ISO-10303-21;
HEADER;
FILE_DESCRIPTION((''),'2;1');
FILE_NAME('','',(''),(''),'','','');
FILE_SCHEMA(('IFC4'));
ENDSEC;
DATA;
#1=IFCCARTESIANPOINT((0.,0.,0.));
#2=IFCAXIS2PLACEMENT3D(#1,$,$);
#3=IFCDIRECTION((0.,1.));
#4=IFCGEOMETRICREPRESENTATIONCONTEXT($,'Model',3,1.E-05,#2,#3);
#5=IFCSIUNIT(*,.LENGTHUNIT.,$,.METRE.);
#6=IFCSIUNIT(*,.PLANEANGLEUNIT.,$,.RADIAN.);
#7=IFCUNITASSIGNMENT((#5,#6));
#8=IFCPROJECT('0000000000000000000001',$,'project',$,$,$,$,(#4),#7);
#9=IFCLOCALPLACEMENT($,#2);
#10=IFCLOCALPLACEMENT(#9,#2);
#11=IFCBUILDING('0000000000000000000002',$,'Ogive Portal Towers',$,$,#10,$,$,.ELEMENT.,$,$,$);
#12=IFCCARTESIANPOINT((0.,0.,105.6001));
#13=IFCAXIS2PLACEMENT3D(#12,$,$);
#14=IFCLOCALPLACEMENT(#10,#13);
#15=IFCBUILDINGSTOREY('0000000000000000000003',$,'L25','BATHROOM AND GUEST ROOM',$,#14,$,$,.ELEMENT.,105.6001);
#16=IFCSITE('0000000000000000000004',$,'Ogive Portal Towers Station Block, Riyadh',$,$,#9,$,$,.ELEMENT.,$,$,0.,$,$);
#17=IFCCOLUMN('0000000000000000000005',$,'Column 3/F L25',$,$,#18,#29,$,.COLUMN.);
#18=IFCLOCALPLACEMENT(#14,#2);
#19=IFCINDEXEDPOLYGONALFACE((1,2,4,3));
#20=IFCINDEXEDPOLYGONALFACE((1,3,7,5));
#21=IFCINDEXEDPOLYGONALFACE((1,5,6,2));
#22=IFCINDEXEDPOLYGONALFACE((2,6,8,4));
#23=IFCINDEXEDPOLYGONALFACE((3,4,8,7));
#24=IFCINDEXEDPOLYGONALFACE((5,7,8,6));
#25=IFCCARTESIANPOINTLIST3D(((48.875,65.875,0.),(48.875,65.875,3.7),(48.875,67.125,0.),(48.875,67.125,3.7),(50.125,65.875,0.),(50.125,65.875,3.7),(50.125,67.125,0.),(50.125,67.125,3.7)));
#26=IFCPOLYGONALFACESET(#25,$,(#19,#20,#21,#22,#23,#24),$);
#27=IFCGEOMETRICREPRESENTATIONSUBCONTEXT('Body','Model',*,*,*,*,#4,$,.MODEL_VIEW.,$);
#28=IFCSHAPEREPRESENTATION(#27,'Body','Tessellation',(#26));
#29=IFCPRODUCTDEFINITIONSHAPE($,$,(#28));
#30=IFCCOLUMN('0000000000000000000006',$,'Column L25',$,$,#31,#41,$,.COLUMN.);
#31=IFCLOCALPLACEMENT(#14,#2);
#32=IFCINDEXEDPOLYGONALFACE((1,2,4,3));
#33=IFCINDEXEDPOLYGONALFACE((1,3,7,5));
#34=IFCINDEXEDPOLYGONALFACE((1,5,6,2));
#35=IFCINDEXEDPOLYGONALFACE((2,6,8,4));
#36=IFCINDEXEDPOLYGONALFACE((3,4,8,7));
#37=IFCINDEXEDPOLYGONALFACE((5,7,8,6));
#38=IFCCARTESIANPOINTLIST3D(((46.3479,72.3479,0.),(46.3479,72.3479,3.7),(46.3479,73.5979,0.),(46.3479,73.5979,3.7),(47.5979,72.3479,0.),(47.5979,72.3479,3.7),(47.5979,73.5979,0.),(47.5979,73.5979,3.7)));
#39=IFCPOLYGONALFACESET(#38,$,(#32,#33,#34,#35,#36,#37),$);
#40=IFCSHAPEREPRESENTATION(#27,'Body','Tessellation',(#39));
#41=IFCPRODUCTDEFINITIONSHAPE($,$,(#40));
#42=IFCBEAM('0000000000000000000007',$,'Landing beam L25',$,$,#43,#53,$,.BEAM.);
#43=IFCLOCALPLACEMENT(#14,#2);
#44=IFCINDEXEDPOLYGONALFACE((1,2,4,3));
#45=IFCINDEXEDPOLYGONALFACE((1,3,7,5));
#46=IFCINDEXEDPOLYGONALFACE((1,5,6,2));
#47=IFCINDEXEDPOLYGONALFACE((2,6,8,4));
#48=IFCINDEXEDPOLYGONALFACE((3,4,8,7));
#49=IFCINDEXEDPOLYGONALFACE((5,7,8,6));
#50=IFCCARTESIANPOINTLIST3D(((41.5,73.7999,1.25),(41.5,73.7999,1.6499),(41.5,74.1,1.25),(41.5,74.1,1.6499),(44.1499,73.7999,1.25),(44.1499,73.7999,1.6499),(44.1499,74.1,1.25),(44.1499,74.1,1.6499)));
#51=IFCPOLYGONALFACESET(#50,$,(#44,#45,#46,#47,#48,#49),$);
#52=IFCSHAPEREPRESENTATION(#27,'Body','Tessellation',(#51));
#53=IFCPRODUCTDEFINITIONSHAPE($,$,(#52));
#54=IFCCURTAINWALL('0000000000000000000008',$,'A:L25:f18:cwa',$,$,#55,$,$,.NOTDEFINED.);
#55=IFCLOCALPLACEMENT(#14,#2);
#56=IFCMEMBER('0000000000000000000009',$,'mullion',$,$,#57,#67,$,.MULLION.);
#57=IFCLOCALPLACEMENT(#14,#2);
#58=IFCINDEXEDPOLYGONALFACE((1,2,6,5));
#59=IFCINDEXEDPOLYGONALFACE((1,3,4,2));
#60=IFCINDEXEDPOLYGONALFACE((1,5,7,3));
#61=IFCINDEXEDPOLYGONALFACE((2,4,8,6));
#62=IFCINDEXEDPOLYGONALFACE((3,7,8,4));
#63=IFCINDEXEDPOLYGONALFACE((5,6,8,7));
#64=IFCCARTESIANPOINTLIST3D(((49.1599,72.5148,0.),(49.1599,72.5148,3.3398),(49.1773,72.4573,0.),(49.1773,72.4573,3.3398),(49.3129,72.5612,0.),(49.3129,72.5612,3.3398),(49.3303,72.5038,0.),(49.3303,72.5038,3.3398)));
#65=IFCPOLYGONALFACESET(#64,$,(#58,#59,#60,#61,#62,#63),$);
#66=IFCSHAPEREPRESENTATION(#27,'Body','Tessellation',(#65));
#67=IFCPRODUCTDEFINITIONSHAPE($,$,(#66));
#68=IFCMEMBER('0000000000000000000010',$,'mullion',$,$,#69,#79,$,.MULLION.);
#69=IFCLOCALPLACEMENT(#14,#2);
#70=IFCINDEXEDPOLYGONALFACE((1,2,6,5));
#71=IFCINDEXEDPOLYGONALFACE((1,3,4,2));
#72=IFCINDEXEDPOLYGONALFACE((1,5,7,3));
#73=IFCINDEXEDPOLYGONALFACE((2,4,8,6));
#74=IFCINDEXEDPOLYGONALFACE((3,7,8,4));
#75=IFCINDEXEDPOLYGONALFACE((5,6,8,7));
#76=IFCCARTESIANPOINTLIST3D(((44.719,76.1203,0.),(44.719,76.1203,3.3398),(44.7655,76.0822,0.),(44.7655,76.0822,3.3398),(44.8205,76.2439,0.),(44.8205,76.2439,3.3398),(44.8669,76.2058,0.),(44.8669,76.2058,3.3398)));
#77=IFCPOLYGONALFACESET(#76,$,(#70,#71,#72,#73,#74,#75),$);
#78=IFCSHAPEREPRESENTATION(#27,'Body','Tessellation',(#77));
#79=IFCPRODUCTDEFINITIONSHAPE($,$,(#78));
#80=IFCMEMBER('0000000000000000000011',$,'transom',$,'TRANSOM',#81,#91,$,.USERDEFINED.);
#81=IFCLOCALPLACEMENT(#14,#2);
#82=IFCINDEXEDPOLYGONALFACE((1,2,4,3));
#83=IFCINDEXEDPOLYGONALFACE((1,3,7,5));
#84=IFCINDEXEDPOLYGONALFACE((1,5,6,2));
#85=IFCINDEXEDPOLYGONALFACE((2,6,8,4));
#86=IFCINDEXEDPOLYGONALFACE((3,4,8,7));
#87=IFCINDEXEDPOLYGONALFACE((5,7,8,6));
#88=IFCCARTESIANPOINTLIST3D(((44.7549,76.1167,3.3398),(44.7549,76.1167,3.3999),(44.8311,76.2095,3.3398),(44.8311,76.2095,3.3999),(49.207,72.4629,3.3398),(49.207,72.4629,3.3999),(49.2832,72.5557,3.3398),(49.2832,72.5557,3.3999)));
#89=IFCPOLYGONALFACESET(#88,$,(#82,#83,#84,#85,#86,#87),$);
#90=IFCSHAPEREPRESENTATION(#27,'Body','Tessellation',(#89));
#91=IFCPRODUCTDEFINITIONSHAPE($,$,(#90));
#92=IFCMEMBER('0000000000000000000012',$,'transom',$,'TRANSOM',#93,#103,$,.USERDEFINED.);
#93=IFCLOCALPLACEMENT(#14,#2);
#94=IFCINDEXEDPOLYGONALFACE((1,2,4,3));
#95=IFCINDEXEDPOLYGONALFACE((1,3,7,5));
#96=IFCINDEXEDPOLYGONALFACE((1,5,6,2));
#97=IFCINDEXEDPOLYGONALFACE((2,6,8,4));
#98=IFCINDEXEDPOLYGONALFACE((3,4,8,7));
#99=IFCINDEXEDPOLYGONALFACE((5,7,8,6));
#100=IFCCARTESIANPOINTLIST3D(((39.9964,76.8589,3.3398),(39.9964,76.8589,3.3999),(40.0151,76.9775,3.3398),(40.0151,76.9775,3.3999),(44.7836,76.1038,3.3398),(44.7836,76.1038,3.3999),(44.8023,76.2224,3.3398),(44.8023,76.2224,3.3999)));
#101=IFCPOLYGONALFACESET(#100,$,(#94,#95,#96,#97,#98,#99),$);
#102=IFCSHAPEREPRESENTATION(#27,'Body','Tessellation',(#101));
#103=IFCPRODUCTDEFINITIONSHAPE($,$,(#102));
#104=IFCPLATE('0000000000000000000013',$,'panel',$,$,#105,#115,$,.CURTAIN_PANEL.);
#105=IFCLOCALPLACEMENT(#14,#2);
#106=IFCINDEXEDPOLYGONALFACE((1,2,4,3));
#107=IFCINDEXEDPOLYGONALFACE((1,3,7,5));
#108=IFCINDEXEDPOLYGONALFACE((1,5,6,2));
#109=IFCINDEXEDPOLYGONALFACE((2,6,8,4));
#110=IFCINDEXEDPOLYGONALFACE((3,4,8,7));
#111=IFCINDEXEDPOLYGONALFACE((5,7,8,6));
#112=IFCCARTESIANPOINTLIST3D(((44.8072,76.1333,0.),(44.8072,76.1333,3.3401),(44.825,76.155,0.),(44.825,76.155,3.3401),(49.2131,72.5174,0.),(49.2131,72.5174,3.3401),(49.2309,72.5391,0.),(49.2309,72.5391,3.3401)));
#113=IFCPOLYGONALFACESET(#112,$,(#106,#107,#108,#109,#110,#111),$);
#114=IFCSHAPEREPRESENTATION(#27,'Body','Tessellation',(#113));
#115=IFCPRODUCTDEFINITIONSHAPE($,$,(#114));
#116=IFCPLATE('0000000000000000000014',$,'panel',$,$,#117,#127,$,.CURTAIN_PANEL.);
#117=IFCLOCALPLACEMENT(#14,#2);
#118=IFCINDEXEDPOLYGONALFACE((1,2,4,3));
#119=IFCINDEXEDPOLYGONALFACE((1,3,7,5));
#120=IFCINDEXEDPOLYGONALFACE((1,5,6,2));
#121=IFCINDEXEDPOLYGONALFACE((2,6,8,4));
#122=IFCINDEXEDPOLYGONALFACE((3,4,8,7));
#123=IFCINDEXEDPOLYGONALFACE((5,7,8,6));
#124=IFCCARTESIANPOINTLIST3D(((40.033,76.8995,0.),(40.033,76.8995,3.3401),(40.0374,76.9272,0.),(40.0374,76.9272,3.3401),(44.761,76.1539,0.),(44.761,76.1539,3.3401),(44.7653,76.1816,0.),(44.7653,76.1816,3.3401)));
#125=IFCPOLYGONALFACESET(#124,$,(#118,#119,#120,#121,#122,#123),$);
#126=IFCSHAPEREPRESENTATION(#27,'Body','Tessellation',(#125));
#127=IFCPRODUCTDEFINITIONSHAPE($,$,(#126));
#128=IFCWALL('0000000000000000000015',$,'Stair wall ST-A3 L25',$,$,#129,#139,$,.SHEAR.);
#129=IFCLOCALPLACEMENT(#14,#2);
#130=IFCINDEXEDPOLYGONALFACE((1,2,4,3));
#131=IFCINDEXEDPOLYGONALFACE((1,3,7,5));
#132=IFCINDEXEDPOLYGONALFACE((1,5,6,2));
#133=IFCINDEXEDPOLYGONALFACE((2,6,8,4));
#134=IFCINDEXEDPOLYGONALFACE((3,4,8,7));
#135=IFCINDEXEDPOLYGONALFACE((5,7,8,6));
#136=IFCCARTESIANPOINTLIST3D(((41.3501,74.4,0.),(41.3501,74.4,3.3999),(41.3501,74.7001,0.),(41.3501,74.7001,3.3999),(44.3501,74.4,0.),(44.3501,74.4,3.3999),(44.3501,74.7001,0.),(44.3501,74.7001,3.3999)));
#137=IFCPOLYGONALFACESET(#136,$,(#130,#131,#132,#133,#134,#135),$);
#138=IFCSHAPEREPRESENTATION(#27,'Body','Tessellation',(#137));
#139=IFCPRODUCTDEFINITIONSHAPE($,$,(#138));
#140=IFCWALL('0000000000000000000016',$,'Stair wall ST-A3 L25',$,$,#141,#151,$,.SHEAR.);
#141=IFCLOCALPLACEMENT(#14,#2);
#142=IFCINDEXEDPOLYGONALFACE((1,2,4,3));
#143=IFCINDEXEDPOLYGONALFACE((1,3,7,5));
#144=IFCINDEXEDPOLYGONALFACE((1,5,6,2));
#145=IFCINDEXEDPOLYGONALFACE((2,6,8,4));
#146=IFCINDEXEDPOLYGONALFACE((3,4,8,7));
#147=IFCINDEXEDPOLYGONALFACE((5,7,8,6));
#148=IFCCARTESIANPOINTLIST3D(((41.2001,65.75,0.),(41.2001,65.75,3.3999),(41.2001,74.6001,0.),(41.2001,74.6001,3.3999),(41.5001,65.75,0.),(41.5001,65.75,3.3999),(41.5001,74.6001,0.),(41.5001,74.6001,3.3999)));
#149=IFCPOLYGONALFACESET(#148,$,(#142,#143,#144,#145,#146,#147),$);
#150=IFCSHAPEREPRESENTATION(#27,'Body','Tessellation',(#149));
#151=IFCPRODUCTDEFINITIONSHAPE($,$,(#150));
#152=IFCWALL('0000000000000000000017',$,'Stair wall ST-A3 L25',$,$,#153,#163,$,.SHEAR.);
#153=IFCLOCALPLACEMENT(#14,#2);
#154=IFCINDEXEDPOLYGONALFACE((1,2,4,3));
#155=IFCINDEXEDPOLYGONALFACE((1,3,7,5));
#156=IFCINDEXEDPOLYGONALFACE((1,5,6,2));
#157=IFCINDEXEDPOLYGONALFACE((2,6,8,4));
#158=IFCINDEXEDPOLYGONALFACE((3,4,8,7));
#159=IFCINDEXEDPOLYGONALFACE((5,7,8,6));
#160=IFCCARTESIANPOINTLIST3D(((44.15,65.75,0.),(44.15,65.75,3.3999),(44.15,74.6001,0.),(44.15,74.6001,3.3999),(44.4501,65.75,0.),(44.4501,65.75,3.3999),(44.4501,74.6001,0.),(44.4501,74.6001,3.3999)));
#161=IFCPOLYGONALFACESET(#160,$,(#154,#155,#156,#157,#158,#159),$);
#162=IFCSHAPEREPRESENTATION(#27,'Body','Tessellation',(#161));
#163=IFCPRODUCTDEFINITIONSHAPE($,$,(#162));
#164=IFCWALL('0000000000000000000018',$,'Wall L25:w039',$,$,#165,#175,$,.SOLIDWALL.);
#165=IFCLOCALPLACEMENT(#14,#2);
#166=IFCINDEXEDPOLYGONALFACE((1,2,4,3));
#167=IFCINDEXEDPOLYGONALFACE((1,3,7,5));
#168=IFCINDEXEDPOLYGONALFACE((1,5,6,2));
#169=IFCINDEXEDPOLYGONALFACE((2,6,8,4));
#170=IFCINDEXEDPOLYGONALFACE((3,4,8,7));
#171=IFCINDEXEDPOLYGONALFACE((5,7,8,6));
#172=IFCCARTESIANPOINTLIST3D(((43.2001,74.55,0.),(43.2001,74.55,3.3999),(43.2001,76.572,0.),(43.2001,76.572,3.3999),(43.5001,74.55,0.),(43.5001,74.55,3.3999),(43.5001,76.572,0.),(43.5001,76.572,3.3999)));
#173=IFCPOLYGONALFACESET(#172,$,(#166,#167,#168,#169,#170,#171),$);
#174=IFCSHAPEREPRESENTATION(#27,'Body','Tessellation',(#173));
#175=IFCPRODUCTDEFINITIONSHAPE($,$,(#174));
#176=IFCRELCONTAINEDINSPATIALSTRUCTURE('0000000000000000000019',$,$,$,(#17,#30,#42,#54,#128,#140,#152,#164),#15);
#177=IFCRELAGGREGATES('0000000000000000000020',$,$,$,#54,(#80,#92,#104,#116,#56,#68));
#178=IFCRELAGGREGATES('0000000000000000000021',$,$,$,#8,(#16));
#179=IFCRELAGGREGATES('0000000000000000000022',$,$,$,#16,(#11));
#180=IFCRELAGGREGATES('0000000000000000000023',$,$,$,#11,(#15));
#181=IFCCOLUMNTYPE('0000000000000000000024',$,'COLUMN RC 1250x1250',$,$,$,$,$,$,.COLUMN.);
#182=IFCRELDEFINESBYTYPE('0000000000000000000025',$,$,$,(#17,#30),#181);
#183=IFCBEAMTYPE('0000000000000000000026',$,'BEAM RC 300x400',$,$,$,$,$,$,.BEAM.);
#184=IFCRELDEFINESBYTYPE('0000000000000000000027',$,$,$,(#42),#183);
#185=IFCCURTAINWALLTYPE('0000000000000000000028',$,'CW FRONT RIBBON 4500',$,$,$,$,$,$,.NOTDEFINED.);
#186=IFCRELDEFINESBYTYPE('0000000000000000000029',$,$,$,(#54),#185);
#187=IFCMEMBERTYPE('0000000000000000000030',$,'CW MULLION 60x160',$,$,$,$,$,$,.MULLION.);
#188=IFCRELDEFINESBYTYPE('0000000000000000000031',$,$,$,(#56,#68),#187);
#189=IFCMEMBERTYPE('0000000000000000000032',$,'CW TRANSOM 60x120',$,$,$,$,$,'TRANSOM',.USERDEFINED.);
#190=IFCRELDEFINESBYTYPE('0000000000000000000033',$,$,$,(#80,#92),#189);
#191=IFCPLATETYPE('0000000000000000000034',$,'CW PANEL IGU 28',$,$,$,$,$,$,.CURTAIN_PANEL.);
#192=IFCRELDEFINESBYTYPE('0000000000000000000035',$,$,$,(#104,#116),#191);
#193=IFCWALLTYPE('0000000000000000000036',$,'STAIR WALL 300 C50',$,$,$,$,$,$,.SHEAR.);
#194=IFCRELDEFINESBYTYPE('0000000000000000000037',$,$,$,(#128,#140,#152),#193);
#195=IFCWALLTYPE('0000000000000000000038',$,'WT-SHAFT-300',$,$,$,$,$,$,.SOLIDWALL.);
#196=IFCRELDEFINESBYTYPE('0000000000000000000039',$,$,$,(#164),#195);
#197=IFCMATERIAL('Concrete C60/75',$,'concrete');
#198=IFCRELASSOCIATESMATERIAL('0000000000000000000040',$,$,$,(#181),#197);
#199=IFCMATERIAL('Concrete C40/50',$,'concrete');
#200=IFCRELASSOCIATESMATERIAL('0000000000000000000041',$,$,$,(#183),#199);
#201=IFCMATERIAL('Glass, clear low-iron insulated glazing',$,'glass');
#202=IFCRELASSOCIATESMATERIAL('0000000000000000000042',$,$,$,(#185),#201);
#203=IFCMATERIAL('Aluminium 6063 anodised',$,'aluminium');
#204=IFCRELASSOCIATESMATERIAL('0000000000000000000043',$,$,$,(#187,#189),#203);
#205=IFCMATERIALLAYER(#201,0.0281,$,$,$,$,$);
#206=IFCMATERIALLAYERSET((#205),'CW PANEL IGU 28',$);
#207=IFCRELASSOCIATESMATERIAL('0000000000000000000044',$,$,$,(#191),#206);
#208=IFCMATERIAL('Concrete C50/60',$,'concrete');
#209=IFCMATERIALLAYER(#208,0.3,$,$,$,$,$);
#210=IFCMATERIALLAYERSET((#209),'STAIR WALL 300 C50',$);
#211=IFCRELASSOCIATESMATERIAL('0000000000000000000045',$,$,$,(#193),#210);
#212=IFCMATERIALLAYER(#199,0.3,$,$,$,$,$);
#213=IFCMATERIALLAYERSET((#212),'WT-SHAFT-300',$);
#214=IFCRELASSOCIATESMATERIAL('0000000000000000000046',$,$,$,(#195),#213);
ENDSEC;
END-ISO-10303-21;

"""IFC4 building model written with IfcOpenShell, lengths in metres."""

from ifc_helpers import new_model, si_unit, direction, frame, frame_2d, origin, origin_2d, place, context, subcontext, project, spatial, rectangle, extrude, material, layer, layer_set, material_profile, profile_set, type_object, element, aggregate, save


model = new_model("IFC4")

# Units and contexts
model_context = context("Model", 3, precision=1e-05, world=origin(), true_north=direction((0.0, 1.0)))
body_context = subcontext(model_context, "Body", "Model", "MODEL_VIEW")
ifc_project = project(units=[si_unit("LENGTHUNIT", "METRE"), si_unit("PLANEANGLEUNIT", "RADIAN")], contexts=[model_context])

# Site, building, storey
site_placement = place(None, origin())
site = spatial("IfcSite", under=ifc_project, at=site_placement, Name="Ogive Portal Towers Station Block, Riyadh", CompositionType="ELEMENT", RefElevation=0.0)
building_placement = place(site_placement, origin())
building = spatial("IfcBuilding", under=site, at=building_placement, Name="Ogive Portal Towers", CompositionType="ELEMENT")
storey_placement = place(building_placement, frame((0.0, 0.0, 105.6001)))
storey = spatial("IfcBuildingStorey", under=building, at=storey_placement, Name="L25", Description="BATHROOM AND GUEST ROOM", CompositionType="ELEMENT", Elevation=105.6001)

# Columns
ifc_material_1 = material(Name="Concrete C60/75", Category="concrete")
ifc_material_profile_1 = material_profile(ifc_material_1, rectangle(XDim=1.25, YDim=1.25, at=origin_2d()), Name="RC 1250x1250")
ifc_profile_set_1 = profile_set([ifc_material_profile_1], Name="Concrete C60/75")
column_type = type_object("IfcColumnType", Name="COLUMN RC 1250x1250", PredefinedType="COLUMN", material=ifc_profile_set_1)
for number, where, z_axis, x_axis, name in (
    (1, (49.5, 66.5, 0.0), (0.0, 0.0, 1.0), (1.0, 0.0, 0.0), "Column 3/F L25"),
    (2, (46.9729, 72.9729, 0.0), (0.0, 0.0, 1.0), (1.0, 0.0, 0.0), "Column L25"),
):
    element("IfcColumn", number, at=place(storey_placement, frame(where, z_axis=z_axis, x_axis=x_axis)), inside=storey, type_object=column_type, Name=name, PredefinedType="COLUMN", context=body_context, shape_type="SweptSolid", body=[
        extrude(rectangle(XDim=1.25, YDim=1.25, at=origin_2d()), origin(), (0.0, 0.0, 1.0), 3.7),
    ])

# Beam
ifc_material_2 = material(Name="Concrete C40/50", Category="concrete")
ifc_material_profile_2 = material_profile(ifc_material_2, rectangle(XDim=0.3, YDim=0.3999, at=origin_2d()), Name="RC 300x400")
ifc_profile_set_2 = profile_set([ifc_material_profile_2], Name="Concrete C40/50")
beam_type = type_object("IfcBeamType", Name="BEAM RC 300x400", PredefinedType="BEAM", material=ifc_profile_set_2)
beam_placement = place(storey_placement, frame((41.5, 73.95, 1.45), z_axis=(1.0, 0.0, 0.0), x_axis=(0.0, 1.0, 0.0)))
element("IfcBeam", 3, at=beam_placement, inside=storey, type_object=beam_type, Name="Landing beam L25", PredefinedType="BEAM", context=body_context, shape_type="SweptSolid", body=[
    extrude(rectangle(XDim=0.3, YDim=0.3999, at=origin_2d()), origin(), (0.0, 0.0, 1.0), 2.6499),
])

# Curtain wall, members, plates
ifc_material_3 = material(Name="Glass, clear low-iron insulated glazing", Category="glass")
curtain_wall_type = type_object("IfcCurtainWallType", Name="CW FRONT RIBBON 4500", PredefinedType="NOTDEFINED", material=ifc_material_3)
curtain_wall_placement = place(storey_placement, origin())
curtain_wall = element("IfcCurtainWall", 4, at=curtain_wall_placement, inside=storey, type_object=curtain_wall_type, Name="A:L25:f18:cwa", PredefinedType="NOTDEFINED")
ifc_material_4 = material(Name="Aluminium 6063 anodised", Category="aluminium")
ifc_material_profile_3 = material_profile(ifc_material_4, rectangle(XDim=0.1599, YDim=0.0601, at=origin_2d()), Name="AL 60x160")
ifc_profile_set_3 = profile_set([ifc_material_profile_3], Name="Aluminium 6063 anodised")
member_type_1 = type_object("IfcMemberType", Name="CW MULLION 60x160", PredefinedType="MULLION", material=ifc_profile_set_3)
member_1_placement = place(storey_placement, frame((49.2451, 72.5093, 0.0), z_axis=(0.0, 0.0, 1.0), x_axis=(-0.95694, -0.290285, 0.0)))
member_1 = element("IfcMember", 5, at=member_1_placement, type_object=member_type_1, Name="mullion", PredefinedType="MULLION", context=body_context, shape_type="SweptSolid", body=[
    extrude(rectangle(XDim=0.1599, YDim=0.0601, at=origin_2d()), origin(), (0.0, 0.0, 1.0), 3.3398),
])
member_2_placement = place(storey_placement, frame((44.793, 76.1631, 0.0), z_axis=(0.0, 0.0, 1.0), x_axis=(-0.634393, -0.77301, 0.0)))
member_2 = element("IfcMember", 6, at=member_2_placement, type_object=member_type_1, Name="mullion", PredefinedType="MULLION", context=body_context, shape_type="SweptSolid", body=[
    extrude(rectangle(XDim=0.1599, YDim=0.0601, at=origin_2d()), origin(), (0.0, 0.0, 1.0), 3.3398),
])
ifc_material_profile_4 = material_profile(ifc_material_4, rectangle(XDim=0.1201, YDim=0.0601, at=origin_2d()), Name="AL 120x60")
ifc_profile_set_4 = profile_set([ifc_material_profile_4], Name="Aluminium 6063 anodised")
member_type_2 = type_object("IfcMemberType", Name="CW TRANSOM 60x120", ElementType="TRANSOM", PredefinedType="USERDEFINED", material=ifc_profile_set_4)
member_3_placement = place(storey_placement, frame((49.2451, 72.5093, 3.3699), z_axis=(-0.773008, 0.634396, 0.0), x_axis=(-0.634396, -0.773008, 0.0)))
member_3 = element("IfcMember", 7, at=member_3_placement, type_object=member_type_2, Name="transom", ObjectType="TRANSOM", PredefinedType="USERDEFINED", context=body_context, shape_type="SweptSolid", body=[
    extrude(rectangle(XDim=0.1201, YDim=0.0601, at=origin_2d()), origin(), (0.0, 0.0, 1.0), 5.7595),
])
member_4_placement = place(storey_placement, frame((44.793, 76.1631, 3.3699), z_axis=(-0.987787, 0.155807, 0.0), x_axis=(-0.155807, -0.987787, 0.0)))
member_4 = element("IfcMember", 8, at=member_4_placement, type_object=member_type_2, Name="transom", ObjectType="TRANSOM", PredefinedType="USERDEFINED", context=body_context, shape_type="SweptSolid", body=[
    extrude(rectangle(XDim=0.1201, YDim=0.0601, at=origin_2d()), origin(), (0.0, 0.0, 1.0), 4.8464),
])
ifc_layer_1 = layer(ifc_material_3, 0.0281)
ifc_layer_set_1 = layer_set([ifc_layer_1], Name="CW PANEL IGU 28")
plate_type = type_object("IfcPlateType", Name="CW PANEL IGU 28", PredefinedType="CURTAIN_PANEL", material=ifc_layer_set_1)
plate_1_placement = place(storey_placement, frame((47.019, 74.3362, 0.0), z_axis=(0.0, 0.0, 1.0), x_axis=(-0.77301, 0.634393, 0.0)))
plate_1 = element("IfcPlate", 9, at=plate_1_placement, type_object=plate_type, Name="panel", PredefinedType="CURTAIN_PANEL", context=body_context, shape_type="SweptSolid", body=[
    extrude(rectangle(XDim=5.6997, YDim=0.0281, at=origin_2d()), origin(), (0.0, 0.0, 1.0), 3.3401),
])
plate_2_placement = place(storey_placement, frame((42.3992, 76.5405, 0.0), z_axis=(0.0, 0.0, 1.0), x_axis=(-0.987792, 0.155777, 0.0)))
plate_2 = element("IfcPlate", 10, at=plate_2_placement, type_object=plate_type, Name="panel", PredefinedType="CURTAIN_PANEL", context=body_context, shape_type="SweptSolid", body=[
    extrude(rectangle(XDim=4.7864, YDim=0.0281, at=origin_2d()), origin(), (0.0, 0.0, 1.0), 3.3401),
])
aggregate(curtain_wall, [member_3, member_4, plate_1, plate_2, member_1, member_2])

# Walls
ifc_material_5 = material(Name="Concrete C50/60", Category="concrete")
ifc_layer_2 = layer(ifc_material_5, 0.3)
ifc_layer_set_2 = layer_set([ifc_layer_2], Name="STAIR WALL 300 C50")
wall_type_1 = type_object("IfcWallType", Name="STAIR WALL 300 C50", PredefinedType="SHEAR", material=ifc_layer_set_2)
wall_1_placement = place(storey_placement, frame((41.3501, 74.55, 0.0), z_axis=(0.0, 0.0, 1.0), x_axis=(1.0, 0.0, 0.0)))
element("IfcWall", 11, at=wall_1_placement, inside=storey, type_object=wall_type_1, Name="Stair wall ST-A3 L25", PredefinedType="SHEAR", context=body_context, shape_type="SweptSolid", body=[
    extrude(rectangle(XDim=3.0, YDim=0.3, at=frame_2d((1.5, 0.0))), origin(), (0.0, 0.0, 1.0), 3.3999),
])
for number, where, z_axis, x_axis, name in (
    (12, (41.3501, 65.75, 0.0), (0.0, 0.0, 1.0), (0.0, 1.0, 0.0), "Stair wall ST-A3 L25"),
    (13, (44.3, 65.75, 0.0), (0.0, 0.0, 1.0), (0.0, 1.0, 0.0), "Stair wall ST-A3 L25"),
):
    element("IfcWall", number, at=place(storey_placement, frame(where, z_axis=z_axis, x_axis=x_axis)), inside=storey, type_object=wall_type_1, Name=name, PredefinedType="SHEAR", context=body_context, shape_type="SweptSolid", body=[
        extrude(rectangle(XDim=8.8501, YDim=0.3, at=frame_2d((4.425, 0.0))), origin(), (0.0, 0.0, 1.0), 3.3999),
    ])
ifc_layer_3 = layer(ifc_material_2, 0.3)
ifc_layer_set_3 = layer_set([ifc_layer_3], Name="WT-SHAFT-300")
wall_type_2 = type_object("IfcWallType", Name="WT-SHAFT-300", PredefinedType="SOLIDWALL", material=ifc_layer_set_3)
wall_2_placement = place(storey_placement, frame((43.3501, 74.55, 0.0), z_axis=(0.0, 0.0, 1.0), x_axis=(0.0, 1.0, 0.0)))
element("IfcWall", 14, at=wall_2_placement, inside=storey, type_object=wall_type_2, Name="Wall L25:w039", PredefinedType="SOLIDWALL", context=body_context, shape_type="SweptSolid", body=[
    extrude(rectangle(XDim=2.022, YDim=0.3, at=frame_2d((1.011, 0.0))), origin(), (0.0, 0.0, 1.0), 3.3999),
])

save(model, "model.ifc")
